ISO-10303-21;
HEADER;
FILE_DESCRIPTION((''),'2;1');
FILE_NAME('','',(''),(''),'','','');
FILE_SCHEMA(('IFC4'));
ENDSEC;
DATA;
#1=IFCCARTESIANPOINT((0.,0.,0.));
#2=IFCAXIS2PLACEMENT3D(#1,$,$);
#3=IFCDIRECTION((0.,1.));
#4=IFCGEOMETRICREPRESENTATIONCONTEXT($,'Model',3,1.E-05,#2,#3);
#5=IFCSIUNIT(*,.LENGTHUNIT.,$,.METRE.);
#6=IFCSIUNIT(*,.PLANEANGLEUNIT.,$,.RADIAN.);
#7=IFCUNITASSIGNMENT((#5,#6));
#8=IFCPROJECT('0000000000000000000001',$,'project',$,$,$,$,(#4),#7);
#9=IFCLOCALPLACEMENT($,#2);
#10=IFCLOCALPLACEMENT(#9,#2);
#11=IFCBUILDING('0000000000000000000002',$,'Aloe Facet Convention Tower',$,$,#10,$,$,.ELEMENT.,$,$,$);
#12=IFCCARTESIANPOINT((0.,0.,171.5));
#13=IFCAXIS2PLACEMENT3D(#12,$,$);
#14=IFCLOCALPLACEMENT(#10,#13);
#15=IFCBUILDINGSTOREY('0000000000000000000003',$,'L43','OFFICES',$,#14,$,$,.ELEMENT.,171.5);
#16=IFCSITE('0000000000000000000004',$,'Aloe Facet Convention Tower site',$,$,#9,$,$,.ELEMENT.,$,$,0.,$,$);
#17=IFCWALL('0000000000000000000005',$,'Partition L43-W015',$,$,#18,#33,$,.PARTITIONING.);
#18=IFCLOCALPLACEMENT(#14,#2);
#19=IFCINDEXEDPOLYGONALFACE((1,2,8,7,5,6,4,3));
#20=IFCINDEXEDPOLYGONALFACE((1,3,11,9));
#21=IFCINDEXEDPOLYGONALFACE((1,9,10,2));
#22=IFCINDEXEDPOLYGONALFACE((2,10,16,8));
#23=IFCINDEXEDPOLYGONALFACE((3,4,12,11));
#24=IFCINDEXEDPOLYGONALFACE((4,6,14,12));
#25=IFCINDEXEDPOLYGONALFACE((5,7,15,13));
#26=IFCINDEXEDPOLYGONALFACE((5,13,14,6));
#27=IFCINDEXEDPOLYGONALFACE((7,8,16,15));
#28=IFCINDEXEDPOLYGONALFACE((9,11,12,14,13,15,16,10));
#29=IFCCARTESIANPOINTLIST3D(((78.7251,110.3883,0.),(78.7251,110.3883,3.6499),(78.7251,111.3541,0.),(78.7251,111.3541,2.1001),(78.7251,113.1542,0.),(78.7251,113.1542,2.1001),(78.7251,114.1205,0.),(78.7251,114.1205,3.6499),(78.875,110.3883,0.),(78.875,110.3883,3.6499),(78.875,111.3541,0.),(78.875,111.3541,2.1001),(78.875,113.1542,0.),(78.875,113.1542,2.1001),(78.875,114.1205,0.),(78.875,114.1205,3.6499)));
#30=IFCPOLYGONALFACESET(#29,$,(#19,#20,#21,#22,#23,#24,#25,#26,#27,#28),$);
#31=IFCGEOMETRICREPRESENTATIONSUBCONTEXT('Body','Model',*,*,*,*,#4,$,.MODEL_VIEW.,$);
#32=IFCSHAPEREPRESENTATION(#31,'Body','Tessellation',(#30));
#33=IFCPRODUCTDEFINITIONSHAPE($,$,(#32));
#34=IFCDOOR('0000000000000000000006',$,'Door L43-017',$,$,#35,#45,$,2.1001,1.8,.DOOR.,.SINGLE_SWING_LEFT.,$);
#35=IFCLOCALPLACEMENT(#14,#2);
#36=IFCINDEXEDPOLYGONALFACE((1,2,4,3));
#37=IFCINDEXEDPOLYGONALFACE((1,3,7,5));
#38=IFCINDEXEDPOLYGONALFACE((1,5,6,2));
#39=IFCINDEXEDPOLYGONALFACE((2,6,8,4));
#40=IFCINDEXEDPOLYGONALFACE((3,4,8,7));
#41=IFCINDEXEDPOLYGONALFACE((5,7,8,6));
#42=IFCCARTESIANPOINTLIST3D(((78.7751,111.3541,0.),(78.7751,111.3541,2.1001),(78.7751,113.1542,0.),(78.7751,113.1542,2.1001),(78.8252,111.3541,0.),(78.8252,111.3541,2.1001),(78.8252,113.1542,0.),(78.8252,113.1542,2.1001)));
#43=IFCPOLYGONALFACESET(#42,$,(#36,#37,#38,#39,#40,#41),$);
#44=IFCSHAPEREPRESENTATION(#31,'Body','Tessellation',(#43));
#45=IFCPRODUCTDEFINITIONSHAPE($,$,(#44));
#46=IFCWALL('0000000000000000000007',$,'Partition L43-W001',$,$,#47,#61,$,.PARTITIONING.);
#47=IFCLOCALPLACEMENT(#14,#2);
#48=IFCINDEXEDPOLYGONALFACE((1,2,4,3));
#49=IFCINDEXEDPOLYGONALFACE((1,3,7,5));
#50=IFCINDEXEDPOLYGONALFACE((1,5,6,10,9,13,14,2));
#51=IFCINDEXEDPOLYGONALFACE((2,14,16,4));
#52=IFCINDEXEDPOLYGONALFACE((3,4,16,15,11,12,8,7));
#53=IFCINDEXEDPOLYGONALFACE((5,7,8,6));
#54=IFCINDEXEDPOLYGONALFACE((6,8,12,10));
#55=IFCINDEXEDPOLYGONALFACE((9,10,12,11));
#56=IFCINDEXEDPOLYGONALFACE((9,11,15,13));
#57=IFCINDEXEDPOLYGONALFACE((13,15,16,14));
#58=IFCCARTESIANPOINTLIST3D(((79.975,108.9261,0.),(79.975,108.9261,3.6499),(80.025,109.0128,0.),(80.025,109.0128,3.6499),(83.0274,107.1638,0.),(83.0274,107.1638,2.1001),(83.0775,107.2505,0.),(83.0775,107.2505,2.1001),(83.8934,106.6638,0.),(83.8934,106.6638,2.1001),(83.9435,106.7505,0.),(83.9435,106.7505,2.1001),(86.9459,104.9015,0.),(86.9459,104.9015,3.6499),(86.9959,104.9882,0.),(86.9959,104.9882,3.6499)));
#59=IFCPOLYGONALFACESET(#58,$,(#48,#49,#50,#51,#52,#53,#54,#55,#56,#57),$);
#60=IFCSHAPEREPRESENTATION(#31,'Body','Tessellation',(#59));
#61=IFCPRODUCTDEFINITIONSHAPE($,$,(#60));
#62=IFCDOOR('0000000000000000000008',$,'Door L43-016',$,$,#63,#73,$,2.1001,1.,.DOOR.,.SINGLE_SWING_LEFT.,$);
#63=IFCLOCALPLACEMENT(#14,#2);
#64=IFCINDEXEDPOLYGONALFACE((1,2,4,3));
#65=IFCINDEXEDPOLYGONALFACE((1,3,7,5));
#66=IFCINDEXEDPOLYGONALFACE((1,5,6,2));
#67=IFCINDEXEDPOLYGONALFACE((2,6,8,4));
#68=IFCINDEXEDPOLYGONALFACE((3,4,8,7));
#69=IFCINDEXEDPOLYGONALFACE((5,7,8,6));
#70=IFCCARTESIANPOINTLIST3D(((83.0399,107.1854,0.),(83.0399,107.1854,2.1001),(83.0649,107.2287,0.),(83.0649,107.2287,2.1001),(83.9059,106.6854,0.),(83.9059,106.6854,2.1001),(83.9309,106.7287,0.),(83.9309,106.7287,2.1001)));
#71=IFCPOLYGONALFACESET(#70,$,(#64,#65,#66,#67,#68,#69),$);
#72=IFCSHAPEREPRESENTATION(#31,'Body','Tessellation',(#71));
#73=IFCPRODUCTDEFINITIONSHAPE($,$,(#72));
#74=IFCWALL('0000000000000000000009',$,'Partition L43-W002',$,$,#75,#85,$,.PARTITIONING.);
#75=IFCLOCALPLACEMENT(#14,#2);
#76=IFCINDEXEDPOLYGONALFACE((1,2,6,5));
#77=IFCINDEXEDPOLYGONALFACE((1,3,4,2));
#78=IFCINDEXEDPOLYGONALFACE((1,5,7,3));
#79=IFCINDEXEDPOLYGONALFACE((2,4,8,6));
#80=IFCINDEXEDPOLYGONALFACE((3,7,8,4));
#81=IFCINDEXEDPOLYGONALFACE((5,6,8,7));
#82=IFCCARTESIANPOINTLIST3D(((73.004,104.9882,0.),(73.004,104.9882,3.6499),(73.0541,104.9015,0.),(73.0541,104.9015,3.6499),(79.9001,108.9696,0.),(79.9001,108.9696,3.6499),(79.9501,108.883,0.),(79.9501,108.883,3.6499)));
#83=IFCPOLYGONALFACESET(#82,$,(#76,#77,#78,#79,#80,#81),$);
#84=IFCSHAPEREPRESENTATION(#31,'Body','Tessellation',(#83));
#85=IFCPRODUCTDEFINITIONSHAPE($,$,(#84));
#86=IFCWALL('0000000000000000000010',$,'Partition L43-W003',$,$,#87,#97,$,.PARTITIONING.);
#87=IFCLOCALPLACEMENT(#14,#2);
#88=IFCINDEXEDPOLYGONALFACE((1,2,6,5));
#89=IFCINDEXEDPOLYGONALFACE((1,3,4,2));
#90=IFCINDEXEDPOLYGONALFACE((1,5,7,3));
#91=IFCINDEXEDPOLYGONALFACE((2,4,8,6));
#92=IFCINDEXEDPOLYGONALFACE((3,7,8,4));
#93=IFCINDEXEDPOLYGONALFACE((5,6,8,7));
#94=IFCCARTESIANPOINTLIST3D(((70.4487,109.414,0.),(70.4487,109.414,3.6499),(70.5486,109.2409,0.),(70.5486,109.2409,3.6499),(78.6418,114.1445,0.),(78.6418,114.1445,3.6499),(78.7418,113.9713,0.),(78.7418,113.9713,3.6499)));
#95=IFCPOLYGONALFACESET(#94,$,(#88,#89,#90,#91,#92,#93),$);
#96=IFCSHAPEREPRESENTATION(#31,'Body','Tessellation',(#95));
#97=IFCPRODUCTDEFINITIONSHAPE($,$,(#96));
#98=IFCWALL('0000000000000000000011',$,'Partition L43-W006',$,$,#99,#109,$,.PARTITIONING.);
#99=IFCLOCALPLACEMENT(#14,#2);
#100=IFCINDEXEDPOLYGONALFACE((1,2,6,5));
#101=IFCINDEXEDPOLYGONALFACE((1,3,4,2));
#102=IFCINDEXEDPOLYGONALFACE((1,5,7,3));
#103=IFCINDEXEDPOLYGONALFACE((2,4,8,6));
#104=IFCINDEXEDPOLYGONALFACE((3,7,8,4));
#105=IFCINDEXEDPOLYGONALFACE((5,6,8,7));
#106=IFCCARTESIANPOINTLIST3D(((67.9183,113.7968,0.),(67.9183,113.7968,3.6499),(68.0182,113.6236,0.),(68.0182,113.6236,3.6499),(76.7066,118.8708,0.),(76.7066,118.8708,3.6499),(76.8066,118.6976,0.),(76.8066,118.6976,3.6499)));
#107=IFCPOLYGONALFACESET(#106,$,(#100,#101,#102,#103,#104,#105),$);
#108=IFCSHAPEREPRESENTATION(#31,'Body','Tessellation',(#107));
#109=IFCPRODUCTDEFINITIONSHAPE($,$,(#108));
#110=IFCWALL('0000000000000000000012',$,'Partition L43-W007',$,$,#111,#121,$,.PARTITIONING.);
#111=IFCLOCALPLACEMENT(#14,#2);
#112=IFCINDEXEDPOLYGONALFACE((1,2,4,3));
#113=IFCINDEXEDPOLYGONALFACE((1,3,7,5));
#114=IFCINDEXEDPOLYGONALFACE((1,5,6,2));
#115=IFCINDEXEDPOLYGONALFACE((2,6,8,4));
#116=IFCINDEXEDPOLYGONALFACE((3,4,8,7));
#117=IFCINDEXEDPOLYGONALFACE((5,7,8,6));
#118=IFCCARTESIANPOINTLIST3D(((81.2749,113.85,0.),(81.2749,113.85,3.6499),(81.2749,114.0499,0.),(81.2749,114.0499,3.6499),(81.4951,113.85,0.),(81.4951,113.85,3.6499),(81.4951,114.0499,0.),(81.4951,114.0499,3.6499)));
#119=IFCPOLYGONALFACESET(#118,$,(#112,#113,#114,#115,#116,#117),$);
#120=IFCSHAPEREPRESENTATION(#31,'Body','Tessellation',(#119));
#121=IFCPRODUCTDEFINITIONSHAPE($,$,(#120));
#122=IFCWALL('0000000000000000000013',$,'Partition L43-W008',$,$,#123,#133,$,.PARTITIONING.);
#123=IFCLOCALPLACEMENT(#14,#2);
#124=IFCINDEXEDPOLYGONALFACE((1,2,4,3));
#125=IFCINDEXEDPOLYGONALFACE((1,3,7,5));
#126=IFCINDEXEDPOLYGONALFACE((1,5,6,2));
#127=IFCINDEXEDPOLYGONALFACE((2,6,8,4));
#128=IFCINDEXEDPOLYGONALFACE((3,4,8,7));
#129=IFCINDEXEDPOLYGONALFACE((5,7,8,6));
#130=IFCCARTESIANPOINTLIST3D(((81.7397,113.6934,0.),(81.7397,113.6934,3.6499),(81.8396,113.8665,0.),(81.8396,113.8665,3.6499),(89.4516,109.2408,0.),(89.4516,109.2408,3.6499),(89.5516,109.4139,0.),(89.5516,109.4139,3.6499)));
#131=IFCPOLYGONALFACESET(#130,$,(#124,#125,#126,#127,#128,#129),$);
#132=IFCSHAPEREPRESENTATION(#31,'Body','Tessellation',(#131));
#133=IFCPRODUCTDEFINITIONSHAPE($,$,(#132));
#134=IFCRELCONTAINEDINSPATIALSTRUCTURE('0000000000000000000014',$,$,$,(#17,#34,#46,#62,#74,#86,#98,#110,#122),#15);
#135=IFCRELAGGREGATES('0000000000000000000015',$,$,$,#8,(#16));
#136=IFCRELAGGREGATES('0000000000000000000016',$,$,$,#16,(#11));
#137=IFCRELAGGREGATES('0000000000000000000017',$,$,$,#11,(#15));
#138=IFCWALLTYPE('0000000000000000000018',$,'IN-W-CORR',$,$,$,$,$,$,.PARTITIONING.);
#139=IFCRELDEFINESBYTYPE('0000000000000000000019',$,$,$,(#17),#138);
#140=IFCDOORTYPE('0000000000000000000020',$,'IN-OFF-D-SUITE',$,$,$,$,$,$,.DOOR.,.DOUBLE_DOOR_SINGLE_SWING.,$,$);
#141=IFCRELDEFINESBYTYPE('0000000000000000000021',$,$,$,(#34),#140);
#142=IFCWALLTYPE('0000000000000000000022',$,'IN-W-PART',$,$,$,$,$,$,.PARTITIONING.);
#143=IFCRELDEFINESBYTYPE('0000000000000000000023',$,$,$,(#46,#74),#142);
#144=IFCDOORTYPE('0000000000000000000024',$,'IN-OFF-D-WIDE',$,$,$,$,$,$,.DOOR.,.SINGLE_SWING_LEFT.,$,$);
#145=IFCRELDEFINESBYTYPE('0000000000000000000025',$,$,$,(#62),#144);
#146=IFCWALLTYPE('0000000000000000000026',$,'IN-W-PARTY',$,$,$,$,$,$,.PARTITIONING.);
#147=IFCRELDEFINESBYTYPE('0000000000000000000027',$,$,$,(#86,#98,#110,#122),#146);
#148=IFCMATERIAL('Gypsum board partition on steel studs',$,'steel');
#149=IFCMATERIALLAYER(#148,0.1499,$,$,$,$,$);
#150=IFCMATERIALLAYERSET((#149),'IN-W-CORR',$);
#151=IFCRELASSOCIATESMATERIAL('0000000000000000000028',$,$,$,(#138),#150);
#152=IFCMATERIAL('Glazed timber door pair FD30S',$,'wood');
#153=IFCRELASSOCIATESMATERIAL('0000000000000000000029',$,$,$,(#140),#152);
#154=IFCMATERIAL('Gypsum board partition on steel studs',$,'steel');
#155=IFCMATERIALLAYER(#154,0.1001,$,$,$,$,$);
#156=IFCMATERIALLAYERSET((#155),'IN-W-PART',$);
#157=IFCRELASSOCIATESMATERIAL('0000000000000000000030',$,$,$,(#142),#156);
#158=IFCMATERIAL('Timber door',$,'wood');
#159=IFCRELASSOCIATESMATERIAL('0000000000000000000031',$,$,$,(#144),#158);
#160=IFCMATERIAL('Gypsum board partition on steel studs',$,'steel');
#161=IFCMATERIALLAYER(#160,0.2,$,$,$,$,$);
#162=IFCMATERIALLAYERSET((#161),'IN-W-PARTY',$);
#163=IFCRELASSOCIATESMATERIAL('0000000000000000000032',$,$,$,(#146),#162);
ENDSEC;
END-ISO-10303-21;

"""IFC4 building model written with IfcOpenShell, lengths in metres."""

from ifc_helpers import new_model, si_unit, direction, frame, frame_2d, origin, place, context, subcontext, project, spatial, rectangle, extrude, material, layer, layer_set, type_object, element, fill, save


model = new_model("IFC4")

# Units and contexts
model_context = context("Model", 3, precision=1e-05, world=origin(), true_north=direction((0.0, 1.0)))
body_context = subcontext(model_context, "Body", "Model", "MODEL_VIEW")
ifc_project = project(units=[si_unit("LENGTHUNIT", "METRE"), si_unit("PLANEANGLEUNIT", "RADIAN")], contexts=[model_context])

# Site, building, storey
site_placement = place(None, origin())
site = spatial("IfcSite", under=ifc_project, at=site_placement, Name="Aloe Facet Convention Tower site", CompositionType="ELEMENT", RefElevation=0.0)
building_placement = place(site_placement, origin())
building = spatial("IfcBuilding", under=site, at=building_placement, Name="Aloe Facet Convention Tower", CompositionType="ELEMENT")
storey_placement = place(building_placement, frame((0.0, 0.0, 171.5)))
storey = spatial("IfcBuildingStorey", under=building, at=storey_placement, Name="L43", Description="OFFICES", CompositionType="ELEMENT", Elevation=171.5)

# Shared definitions
ifc_material_1 = material(Name="Gypsum board partition on steel studs", Category="steel")
ifc_layer_1 = layer(ifc_material_1, 0.1499)
ifc_layer_set_1 = layer_set([ifc_layer_1], Name="IN-W-CORR")
wall_type_1 = type_object("IfcWallType", Name="IN-W-CORR", PredefinedType="PARTITIONING", material=ifc_layer_set_1)

# Walls, openings, doors
wall_1_placement = place(storey_placement, frame((78.8, 110.3882, 0.0), z_axis=(0.0, 0.0, 1.0), x_axis=(0.0, 1.0, 0.0)))
wall_1 = element("IfcWall", 1, at=wall_1_placement, inside=storey, type_object=wall_type_1, Name="Partition L43-W015", PredefinedType="PARTITIONING", context=body_context, shape_type="SweptSolid", body=[
    extrude(rectangle(XDim=3.7322, YDim=0.1499, at=frame_2d((1.8662, 0.0))), origin(), (0.0, 0.0, 1.0), 3.6499),
])
opening_1_placement = place(wall_1_placement, frame((0.9661, 0.0, 0.0)))
opening_1 = element("IfcOpeningElement", 2, at=opening_1_placement, cuts=wall_1, PredefinedType="OPENING", context=body_context, shape_type="SweptSolid", body=[
    extrude(rectangle(XDim=1.8, YDim=2.1001, at=frame_2d((0.8999, 1.05))), frame((0.0, 0.085, 0.0), z_axis=(0.0, -1.0, 0.0), x_axis=(1.0, 0.0, 0.0)), (0.0, 0.0, 1.0), 0.1699),
])
ifc_material_2 = material(Name="Glazed timber door pair FD30S", Category="wood")
door_type_1 = type_object("IfcDoorType", Name="IN-OFF-D-SUITE", OperationType="DOUBLE_DOOR_SINGLE_SWING", PredefinedType="DOOR", material=ifc_material_2)
door_1_placement = place(opening_1_placement, origin())
door_1 = element("IfcDoor", 3, at=door_1_placement, inside=storey, type_object=door_type_1, Name="Door L43-017", OperationType="SINGLE_SWING_LEFT", OverallHeight=2.1001, OverallWidth=1.8, PredefinedType="DOOR", context=body_context, shape_type="SweptSolid", body=[
    extrude(rectangle(XDim=1.8, YDim=2.1001, at=frame_2d((0.8999, 1.05))), frame((0.0, 0.0249, 0.0), z_axis=(0.0, -1.0, 0.0), x_axis=(1.0, 0.0, 0.0)), (0.0, 0.0, 1.0), 0.05),
])
fill(opening_1, door_1)
ifc_material_3 = material(Name="Gypsum board partition on steel studs", Category="steel")
ifc_layer_2 = layer(ifc_material_3, 0.1001)
ifc_layer_set_2 = layer_set([ifc_layer_2], Name="IN-W-PART")
wall_type_2 = type_object("IfcWallType", Name="IN-W-PART", PredefinedType="PARTITIONING", material=ifc_layer_set_2)
wall_2_placement = place(storey_placement, frame((80.0, 108.9695, 0.0), z_axis=(0.0, 0.0, 1.0), x_axis=(0.866026, -0.499998, 0.0)))
wall_2 = element("IfcWall", 4, at=wall_2_placement, inside=storey, type_object=wall_type_2, Name="Partition L43-W001", PredefinedType="PARTITIONING", context=body_context, shape_type="SweptSolid", body=[
    extrude(rectangle(XDim=8.0493, YDim=0.1001, at=frame_2d((4.0247, 0.0))), origin(), (0.0, 0.0, 1.0), 3.6499),
])
opening_2_placement = place(wall_2_placement, frame((3.5247, 0.0, 0.0)))
opening_2 = element("IfcOpeningElement", 5, at=opening_2_placement, cuts=wall_2, PredefinedType="OPENING", context=body_context, shape_type="SweptSolid", body=[
    extrude(rectangle(XDim=1.0, YDim=2.1001, at=frame_2d((0.5, 1.05))), frame((0.0, 0.0601, 0.0), z_axis=(0.0, -1.0, 0.0), x_axis=(1.0, 0.0, 0.0)), (0.0, 0.0, 1.0), 0.1201),
])
ifc_material_4 = material(Name="Timber door", Category="wood")
door_type_2 = type_object("IfcDoorType", Name="IN-OFF-D-WIDE", OperationType="SINGLE_SWING_LEFT", PredefinedType="DOOR", material=ifc_material_4)
door_2_placement = place(opening_2_placement, origin())
door_2 = element("IfcDoor", 6, at=door_2_placement, inside=storey, type_object=door_type_2, Name="Door L43-016", OperationType="SINGLE_SWING_LEFT", OverallHeight=2.1001, OverallWidth=1.0, PredefinedType="DOOR", context=body_context, shape_type="SweptSolid", body=[
    extrude(rectangle(XDim=1.0, YDim=2.1001, at=frame_2d((0.5, 1.05))), frame((0.0, 0.0249, 0.0), z_axis=(0.0, -1.0, 0.0), x_axis=(1.0, 0.0, 0.0)), (0.0, 0.0, 1.0), 0.05),
])
fill(opening_2, door_2)

# Walls
wall_3_placement = place(storey_placement, frame((73.0291, 104.9448, 0.0), z_axis=(0.0, 0.0, 1.0), x_axis=(0.866023, 0.500004, 0.0)))
element("IfcWall", 7, at=wall_3_placement, inside=storey, type_object=wall_type_2, Name="Partition L43-W002", PredefinedType="PARTITIONING", context=body_context, shape_type="SweptSolid", body=[
    extrude(rectangle(XDim=7.9629, YDim=0.1001, at=frame_2d((3.9814, 0.0))), origin(), (0.0, 0.0, 1.0), 3.6499),
])
ifc_material_5 = material(Name="Gypsum board partition on steel studs", Category="steel")
ifc_layer_3 = layer(ifc_material_5, 0.2)
ifc_layer_set_3 = layer_set([ifc_layer_3], Name="IN-W-PARTY")
wall_type_3 = type_object("IfcWallType", Name="IN-W-PARTY", PredefinedType="PARTITIONING", material=ifc_layer_set_3)
wall_4_placement = place(storey_placement, frame((70.4985, 109.3274, 0.0), z_axis=(0.0, 0.0, 1.0), x_axis=(0.866018, 0.500014, 0.0)))
element("IfcWall", 8, at=wall_4_placement, inside=storey, type_object=wall_type_3, Name="Partition L43-W003", PredefinedType="PARTITIONING", context=body_context, shape_type="SweptSolid", body=[
    extrude(rectangle(XDim=9.4607, YDim=0.2, at=frame_2d((4.7305, 0.0))), origin(), (0.0, 0.0, 1.0), 3.6499),
])
wall_5_placement = place(storey_placement, frame((67.9683, 113.7102, 0.0), z_axis=(0.0, 0.0, 1.0), x_axis=(0.866024, 0.500002, 0.0)))
element("IfcWall", 9, at=wall_5_placement, inside=storey, type_object=wall_type_3, Name="Partition L43-W006", PredefinedType="PARTITIONING", context=body_context, shape_type="SweptSolid", body=[
    extrude(rectangle(XDim=10.1479, YDim=0.2, at=frame_2d((5.074, 0.0))), origin(), (0.0, 0.0, 1.0), 3.6499),
])
wall_6_placement = place(storey_placement, frame((81.2749, 113.95, 0.0), z_axis=(0.0, 0.0, 1.0), x_axis=(1.0, 0.0, 0.0)))
element("IfcWall", 10, at=wall_6_placement, inside=storey, type_object=wall_type_3, Name="Partition L43-W007", PredefinedType="PARTITIONING", context=body_context, shape_type="SweptSolid", body=[
    extrude(rectangle(XDim=0.2202, YDim=0.2, at=frame_2d((0.1101, 0.0))), origin(), (0.0, 0.0, 1.0), 3.6499),
])
wall_7_placement = place(storey_placement, frame((81.7896, 113.78, 0.0), z_axis=(0.0, 0.0, 1.0), x_axis=(0.866018, -0.500014, 0.0)))
element("IfcWall", 11, at=wall_7_placement, inside=storey, type_object=wall_type_3, Name="Partition L43-W008", PredefinedType="PARTITIONING", context=body_context, shape_type="SweptSolid", body=[
    extrude(rectangle(XDim=8.905, YDim=0.2, at=frame_2d((4.4526, 0.0))), origin(), (0.0, 0.0, 1.0), 3.6499),
])

save(model, "model.ifc")
